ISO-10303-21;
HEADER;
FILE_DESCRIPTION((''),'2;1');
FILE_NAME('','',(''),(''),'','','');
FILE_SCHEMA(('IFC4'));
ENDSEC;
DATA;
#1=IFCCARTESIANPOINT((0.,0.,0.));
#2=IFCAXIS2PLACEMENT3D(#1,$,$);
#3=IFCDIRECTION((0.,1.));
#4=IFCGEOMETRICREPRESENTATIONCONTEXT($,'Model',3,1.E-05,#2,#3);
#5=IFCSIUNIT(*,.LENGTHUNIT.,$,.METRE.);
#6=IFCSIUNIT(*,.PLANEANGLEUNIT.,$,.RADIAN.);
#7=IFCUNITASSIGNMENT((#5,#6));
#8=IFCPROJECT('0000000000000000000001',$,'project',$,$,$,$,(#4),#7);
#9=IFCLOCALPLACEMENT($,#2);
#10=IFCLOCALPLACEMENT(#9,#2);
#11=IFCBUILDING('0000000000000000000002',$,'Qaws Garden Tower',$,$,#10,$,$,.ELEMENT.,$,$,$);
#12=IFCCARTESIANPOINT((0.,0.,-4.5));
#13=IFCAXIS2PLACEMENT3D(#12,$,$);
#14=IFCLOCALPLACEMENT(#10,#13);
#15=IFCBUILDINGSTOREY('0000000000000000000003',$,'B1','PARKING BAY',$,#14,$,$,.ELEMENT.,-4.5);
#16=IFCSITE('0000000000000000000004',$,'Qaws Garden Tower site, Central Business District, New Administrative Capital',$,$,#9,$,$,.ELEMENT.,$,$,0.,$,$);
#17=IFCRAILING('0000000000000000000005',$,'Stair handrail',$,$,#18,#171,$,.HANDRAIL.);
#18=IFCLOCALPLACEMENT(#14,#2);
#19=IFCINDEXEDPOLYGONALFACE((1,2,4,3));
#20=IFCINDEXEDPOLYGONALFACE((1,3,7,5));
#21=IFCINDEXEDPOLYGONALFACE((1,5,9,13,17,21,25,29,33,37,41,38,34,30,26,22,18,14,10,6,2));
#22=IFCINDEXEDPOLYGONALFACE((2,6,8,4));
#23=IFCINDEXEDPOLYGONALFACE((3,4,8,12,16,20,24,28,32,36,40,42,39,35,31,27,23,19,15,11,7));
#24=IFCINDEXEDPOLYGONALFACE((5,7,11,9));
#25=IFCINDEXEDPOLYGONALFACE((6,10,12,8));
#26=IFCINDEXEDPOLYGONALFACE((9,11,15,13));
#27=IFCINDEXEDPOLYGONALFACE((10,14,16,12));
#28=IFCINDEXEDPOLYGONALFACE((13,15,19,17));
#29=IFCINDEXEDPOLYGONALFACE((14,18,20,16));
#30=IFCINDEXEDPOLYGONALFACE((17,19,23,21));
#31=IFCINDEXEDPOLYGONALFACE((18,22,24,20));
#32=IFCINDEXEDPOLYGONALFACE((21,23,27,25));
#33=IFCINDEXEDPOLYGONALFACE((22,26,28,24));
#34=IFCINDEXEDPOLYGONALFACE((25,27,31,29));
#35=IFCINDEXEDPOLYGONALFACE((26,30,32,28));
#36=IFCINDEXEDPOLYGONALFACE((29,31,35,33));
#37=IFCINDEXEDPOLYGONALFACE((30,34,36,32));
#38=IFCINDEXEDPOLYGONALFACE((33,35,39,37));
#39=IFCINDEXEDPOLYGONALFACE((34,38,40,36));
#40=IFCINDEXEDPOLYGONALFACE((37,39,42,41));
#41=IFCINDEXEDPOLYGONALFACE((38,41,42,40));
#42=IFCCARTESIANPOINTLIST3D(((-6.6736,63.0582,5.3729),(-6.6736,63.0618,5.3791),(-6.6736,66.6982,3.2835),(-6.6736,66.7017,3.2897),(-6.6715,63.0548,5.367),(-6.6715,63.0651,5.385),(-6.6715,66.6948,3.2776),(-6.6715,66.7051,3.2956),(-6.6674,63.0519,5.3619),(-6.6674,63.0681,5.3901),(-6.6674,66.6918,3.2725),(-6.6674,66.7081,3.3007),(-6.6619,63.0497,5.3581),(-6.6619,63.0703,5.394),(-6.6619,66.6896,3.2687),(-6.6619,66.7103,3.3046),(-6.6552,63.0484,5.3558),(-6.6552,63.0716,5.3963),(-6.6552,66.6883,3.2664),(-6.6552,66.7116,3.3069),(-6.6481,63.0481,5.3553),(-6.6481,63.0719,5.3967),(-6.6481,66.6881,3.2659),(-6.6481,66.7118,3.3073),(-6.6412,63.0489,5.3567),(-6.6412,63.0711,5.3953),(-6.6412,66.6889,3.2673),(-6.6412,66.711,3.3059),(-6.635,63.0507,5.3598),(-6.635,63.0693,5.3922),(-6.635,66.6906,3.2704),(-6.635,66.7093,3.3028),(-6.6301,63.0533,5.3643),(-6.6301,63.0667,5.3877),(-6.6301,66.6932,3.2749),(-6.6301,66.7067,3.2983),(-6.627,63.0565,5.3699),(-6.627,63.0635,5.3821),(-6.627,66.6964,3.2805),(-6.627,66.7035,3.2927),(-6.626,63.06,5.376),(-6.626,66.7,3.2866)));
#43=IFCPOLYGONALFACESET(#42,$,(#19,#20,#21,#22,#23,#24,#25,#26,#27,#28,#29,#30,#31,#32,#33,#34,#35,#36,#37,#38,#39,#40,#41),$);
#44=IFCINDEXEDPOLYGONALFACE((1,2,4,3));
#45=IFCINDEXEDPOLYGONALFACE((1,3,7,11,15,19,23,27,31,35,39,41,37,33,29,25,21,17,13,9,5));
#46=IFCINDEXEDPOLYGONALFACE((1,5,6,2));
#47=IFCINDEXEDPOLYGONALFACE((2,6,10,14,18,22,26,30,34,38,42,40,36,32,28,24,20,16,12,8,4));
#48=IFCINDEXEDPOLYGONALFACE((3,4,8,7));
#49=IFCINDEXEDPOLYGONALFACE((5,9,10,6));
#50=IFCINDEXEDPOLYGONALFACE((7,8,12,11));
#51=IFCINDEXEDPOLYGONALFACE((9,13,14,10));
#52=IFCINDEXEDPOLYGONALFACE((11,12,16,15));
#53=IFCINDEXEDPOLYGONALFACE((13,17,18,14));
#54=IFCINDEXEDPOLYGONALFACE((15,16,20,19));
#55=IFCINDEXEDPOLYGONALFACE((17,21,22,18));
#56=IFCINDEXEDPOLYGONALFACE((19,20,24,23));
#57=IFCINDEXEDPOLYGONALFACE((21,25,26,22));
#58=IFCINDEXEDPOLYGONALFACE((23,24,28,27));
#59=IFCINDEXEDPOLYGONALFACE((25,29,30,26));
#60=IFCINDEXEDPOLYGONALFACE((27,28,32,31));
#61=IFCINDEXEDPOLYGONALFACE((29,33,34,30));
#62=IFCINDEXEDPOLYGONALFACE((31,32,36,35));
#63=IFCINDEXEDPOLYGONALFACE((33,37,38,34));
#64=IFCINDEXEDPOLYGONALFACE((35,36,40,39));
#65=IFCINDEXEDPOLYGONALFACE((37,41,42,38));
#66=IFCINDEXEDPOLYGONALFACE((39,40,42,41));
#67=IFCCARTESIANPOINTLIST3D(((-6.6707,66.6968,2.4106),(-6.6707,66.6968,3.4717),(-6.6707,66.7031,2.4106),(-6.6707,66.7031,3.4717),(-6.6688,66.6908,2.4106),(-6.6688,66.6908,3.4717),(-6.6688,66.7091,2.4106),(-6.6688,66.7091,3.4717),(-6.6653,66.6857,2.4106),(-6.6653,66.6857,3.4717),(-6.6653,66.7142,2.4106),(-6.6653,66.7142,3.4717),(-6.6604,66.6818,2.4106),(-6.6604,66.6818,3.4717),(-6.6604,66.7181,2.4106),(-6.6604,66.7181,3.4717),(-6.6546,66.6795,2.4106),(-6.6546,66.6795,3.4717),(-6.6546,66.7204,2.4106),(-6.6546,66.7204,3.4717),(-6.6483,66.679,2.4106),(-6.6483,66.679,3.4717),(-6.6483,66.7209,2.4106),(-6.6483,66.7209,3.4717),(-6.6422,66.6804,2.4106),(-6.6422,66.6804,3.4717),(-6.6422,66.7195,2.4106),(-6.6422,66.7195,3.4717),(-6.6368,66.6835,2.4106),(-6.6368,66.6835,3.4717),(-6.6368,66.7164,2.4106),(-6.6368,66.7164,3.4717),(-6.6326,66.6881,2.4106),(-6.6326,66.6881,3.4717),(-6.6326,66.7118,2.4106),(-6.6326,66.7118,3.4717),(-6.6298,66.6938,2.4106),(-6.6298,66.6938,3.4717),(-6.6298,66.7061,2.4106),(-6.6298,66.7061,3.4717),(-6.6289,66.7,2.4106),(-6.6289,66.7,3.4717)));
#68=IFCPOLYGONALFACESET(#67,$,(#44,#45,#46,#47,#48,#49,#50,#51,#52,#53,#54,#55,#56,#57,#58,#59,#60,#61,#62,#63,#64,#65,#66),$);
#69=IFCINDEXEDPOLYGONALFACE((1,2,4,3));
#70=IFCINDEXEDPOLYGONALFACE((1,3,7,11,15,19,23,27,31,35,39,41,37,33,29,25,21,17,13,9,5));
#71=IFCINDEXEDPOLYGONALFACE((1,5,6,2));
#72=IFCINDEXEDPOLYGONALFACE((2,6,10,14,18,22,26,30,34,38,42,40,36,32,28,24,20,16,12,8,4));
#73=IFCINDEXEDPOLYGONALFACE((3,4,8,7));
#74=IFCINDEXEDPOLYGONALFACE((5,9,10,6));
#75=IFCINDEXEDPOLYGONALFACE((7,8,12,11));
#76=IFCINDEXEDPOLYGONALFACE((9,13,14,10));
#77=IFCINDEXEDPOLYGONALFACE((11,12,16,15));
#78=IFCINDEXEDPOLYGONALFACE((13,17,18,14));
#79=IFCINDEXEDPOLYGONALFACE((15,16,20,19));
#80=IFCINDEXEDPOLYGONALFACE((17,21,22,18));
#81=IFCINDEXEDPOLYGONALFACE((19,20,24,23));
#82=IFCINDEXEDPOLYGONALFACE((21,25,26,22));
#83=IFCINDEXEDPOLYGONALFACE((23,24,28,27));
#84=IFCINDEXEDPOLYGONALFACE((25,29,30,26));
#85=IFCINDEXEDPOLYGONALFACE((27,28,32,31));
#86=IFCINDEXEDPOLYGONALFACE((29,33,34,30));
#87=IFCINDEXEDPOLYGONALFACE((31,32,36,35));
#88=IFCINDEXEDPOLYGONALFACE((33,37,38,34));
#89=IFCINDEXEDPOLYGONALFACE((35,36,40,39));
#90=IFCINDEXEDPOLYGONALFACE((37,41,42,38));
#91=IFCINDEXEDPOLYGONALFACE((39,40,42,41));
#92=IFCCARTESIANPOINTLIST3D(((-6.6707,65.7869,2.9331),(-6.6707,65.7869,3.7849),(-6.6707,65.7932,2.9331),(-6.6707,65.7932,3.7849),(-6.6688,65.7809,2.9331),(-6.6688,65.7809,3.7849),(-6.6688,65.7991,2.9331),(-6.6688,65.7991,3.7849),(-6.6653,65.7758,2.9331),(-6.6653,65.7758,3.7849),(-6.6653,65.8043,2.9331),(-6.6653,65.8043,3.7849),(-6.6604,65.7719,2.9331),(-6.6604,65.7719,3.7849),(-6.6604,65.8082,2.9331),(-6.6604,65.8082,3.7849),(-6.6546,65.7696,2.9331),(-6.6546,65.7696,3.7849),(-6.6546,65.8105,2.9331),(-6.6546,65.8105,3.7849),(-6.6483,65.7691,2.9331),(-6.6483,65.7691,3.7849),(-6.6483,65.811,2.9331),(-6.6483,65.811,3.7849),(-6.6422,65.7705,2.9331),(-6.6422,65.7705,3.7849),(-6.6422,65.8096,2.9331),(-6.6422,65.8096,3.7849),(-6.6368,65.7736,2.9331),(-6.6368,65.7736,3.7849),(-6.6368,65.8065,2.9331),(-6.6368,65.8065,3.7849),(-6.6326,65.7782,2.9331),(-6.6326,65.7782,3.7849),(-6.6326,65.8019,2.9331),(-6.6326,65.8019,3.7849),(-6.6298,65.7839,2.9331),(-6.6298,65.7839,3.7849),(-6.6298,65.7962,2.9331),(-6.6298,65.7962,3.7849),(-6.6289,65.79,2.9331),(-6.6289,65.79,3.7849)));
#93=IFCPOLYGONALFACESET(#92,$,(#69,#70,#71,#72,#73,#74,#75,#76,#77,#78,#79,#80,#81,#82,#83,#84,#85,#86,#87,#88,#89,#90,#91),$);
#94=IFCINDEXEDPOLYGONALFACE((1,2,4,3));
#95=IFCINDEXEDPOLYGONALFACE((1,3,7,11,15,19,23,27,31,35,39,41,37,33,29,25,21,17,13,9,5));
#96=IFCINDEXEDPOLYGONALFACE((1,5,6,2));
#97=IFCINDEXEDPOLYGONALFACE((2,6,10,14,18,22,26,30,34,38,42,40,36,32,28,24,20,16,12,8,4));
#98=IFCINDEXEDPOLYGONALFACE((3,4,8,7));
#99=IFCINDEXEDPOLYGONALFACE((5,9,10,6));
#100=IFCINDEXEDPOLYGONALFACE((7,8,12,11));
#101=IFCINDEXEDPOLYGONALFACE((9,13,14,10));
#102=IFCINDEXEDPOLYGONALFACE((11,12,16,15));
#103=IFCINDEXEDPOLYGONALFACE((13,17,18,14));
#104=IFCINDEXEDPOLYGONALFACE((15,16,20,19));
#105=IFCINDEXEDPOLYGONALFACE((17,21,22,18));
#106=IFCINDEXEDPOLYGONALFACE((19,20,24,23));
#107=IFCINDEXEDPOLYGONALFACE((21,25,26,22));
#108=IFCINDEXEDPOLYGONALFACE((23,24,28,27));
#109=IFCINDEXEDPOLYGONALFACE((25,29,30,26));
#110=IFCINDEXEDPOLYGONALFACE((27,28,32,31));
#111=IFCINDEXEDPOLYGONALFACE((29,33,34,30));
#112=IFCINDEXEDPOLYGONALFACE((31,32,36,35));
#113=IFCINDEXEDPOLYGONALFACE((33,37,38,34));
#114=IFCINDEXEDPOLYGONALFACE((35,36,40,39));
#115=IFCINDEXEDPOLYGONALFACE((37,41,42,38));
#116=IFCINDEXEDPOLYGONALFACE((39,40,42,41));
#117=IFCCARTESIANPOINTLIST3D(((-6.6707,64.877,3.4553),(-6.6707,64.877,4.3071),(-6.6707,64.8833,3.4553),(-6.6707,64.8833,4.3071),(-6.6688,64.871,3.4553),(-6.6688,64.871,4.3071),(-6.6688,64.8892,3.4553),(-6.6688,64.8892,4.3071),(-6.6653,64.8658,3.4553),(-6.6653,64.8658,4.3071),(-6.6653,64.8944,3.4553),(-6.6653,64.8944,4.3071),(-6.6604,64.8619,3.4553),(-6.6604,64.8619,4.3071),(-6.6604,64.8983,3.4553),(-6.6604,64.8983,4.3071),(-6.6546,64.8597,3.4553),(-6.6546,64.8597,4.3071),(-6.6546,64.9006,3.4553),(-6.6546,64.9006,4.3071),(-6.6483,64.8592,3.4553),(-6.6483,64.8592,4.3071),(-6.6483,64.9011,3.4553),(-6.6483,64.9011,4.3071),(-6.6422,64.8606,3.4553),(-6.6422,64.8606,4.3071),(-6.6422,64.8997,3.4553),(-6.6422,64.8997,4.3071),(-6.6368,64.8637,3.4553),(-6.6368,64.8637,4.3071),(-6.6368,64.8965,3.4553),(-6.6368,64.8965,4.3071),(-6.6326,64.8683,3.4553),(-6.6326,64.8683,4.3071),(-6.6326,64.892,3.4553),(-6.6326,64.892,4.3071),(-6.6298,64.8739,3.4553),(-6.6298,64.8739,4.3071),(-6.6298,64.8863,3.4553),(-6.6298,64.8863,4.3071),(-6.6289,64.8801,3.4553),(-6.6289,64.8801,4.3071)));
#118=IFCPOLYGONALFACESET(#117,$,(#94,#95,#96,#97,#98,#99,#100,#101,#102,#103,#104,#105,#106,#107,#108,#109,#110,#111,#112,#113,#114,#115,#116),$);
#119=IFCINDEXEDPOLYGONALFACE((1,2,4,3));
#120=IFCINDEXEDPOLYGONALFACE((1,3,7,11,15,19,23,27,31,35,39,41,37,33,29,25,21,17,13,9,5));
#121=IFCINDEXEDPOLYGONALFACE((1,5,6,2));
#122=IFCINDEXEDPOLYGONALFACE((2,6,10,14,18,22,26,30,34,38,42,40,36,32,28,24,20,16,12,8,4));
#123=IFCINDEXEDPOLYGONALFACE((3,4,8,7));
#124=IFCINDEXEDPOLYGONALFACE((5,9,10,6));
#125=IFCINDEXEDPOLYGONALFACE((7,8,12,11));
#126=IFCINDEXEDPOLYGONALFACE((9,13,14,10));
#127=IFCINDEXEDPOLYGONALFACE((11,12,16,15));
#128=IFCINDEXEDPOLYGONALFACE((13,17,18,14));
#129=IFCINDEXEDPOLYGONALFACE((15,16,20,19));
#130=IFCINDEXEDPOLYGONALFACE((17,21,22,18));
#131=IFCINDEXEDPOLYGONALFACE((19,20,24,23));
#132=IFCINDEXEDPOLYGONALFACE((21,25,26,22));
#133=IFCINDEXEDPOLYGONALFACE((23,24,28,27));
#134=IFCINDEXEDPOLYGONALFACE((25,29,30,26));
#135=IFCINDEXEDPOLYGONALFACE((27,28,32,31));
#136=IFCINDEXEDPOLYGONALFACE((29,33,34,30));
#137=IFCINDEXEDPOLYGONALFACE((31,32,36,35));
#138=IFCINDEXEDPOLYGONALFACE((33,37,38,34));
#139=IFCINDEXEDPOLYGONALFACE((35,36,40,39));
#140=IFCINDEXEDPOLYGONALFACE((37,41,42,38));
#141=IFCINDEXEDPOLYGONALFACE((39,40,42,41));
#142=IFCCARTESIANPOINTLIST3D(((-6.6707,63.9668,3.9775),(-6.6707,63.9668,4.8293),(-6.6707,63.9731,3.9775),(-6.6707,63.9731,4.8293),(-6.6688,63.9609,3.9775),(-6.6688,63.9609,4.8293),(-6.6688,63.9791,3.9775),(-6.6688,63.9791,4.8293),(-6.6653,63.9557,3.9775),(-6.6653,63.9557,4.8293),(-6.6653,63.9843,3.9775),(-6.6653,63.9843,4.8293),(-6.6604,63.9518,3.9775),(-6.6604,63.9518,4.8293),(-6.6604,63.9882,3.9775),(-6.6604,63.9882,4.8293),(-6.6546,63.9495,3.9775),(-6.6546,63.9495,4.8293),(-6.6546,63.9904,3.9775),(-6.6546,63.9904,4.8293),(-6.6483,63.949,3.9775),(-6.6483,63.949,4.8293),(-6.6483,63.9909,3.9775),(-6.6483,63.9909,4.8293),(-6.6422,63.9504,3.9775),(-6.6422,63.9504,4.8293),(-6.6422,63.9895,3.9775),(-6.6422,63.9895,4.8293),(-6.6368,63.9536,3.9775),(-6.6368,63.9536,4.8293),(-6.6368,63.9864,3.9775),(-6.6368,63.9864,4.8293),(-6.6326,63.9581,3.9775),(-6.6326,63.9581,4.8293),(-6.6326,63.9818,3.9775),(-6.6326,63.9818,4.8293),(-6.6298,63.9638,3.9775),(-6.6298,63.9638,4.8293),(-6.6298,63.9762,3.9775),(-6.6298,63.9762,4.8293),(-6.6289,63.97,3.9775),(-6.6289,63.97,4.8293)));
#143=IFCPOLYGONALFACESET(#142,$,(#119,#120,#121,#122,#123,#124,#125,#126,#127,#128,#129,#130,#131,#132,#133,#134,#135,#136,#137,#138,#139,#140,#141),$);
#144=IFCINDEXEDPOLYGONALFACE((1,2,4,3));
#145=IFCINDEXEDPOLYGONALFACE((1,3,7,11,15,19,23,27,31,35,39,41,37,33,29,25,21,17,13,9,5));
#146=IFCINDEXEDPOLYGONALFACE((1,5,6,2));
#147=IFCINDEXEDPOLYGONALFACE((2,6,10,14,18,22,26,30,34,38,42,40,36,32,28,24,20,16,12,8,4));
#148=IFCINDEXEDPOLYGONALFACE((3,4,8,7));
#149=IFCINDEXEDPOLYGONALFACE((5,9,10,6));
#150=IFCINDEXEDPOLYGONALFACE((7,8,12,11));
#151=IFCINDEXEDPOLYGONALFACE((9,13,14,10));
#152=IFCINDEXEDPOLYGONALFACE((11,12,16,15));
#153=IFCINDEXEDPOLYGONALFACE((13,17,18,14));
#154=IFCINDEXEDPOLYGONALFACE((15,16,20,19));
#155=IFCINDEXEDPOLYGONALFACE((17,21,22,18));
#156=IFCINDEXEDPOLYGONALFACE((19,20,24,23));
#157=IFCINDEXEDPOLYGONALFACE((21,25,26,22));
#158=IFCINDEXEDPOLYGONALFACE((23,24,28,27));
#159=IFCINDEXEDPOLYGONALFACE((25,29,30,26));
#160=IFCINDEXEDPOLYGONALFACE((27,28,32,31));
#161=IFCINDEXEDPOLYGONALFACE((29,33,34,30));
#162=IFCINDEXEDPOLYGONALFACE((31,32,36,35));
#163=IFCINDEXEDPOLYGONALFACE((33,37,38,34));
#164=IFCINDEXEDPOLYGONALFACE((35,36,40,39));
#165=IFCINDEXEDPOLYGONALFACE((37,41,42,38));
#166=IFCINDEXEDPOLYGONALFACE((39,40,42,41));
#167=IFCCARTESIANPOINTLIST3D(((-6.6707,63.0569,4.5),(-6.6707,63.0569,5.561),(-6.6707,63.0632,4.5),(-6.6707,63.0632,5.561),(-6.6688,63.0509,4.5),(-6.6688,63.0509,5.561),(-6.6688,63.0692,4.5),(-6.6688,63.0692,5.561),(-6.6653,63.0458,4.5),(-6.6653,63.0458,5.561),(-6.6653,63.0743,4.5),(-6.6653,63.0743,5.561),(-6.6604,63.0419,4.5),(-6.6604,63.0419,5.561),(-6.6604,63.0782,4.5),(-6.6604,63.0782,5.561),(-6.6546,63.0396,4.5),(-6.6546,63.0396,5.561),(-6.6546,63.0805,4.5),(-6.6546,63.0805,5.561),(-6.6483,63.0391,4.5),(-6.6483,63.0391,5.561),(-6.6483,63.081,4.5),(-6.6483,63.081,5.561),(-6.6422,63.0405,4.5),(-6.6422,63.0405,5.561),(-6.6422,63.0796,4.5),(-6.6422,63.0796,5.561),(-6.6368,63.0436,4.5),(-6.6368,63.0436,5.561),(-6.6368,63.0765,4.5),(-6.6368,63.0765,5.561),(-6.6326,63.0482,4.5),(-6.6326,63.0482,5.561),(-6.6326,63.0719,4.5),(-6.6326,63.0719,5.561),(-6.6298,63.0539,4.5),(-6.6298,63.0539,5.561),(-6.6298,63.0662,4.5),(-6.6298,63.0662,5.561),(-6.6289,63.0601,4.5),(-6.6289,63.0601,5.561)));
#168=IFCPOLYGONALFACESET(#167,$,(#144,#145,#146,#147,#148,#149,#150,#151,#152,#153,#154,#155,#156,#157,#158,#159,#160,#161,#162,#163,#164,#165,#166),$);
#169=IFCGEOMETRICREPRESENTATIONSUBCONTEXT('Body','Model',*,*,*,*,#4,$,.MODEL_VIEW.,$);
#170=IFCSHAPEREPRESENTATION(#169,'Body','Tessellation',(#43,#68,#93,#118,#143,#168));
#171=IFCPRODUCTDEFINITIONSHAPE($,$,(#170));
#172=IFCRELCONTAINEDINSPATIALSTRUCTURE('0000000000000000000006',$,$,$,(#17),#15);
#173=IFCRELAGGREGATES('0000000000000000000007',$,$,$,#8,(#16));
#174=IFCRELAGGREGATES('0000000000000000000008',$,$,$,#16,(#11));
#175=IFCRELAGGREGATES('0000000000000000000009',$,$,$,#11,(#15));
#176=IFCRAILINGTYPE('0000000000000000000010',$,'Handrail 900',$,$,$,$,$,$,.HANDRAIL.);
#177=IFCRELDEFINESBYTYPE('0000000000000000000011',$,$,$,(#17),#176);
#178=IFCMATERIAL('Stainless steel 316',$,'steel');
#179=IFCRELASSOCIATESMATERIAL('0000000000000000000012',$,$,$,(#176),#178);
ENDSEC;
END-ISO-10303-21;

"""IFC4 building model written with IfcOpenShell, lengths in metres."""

from ifc_helpers import new_model, si_unit, direction, frame, origin, origin_2d, place, context, subcontext, project, spatial, circle, extrude, material, type_object, element, save


model = new_model("IFC4")

# Units and contexts
model_context = context("Model", 3, precision=1e-05, world=origin(), true_north=direction((0.0, 1.0)))
body_context = subcontext(model_context, "Body", "Model", "MODEL_VIEW")
ifc_project = project(units=[si_unit("LENGTHUNIT", "METRE"), si_unit("PLANEANGLEUNIT", "RADIAN")], contexts=[model_context])

# Site, building, storey
site_placement = place(None, origin())
site = spatial("IfcSite", under=ifc_project, at=site_placement, Name="Qaws Garden Tower site, Central Business District, New Administrative Capital", CompositionType="ELEMENT", RefElevation=0.0)
building_placement = place(site_placement, origin())
building = spatial("IfcBuilding", under=site, at=building_placement, Name="Qaws Garden Tower", CompositionType="ELEMENT")
storey_placement = place(building_placement, frame((0.0, 0.0, -4.5)))
storey = spatial("IfcBuildingStorey", under=building, at=storey_placement, Name="B1", Description="PARKING BAY", CompositionType="ELEMENT", Elevation=-4.5)

# Railing
ifc_material_1 = material(Name="Stainless steel 316", Category="steel")
railing_type_1 = type_object("IfcRailingType", Name="Handrail 900", PredefinedType="HANDRAIL", material=ifc_material_1)
for number, where, name in (
    (1, (-6.6499, 66.7, 2.4106), "Stair handrail"),
):
    element("IfcRailing", number, at=place(storey_placement, frame(where)), inside=storey, type_object=railing_type_1, Name=name, PredefinedType="HANDRAIL", context=body_context, shape_type="SweptSolid", body=[
        extrude(circle(Radius=0.0239, at=origin_2d()), frame((0.0, 0.0, 0.876), z_axis=(0.0, -0.867275, 0.497829), x_axis=(1.0, 0.0, 0.0)), (0.0, 0.0, 1.0), 4.197),
        extrude(circle(Radius=0.021, at=origin_2d()), origin(), (0.0, 0.0, 1.0), 1.061),
        extrude(circle(Radius=0.021, at=origin_2d()), frame((0.0, -0.9099, 0.5225)), (0.0, 0.0, 1.0), 0.8518),
        extrude(circle(Radius=0.021, at=origin_2d()), frame((0.0, -1.8198, 1.0447)), (0.0, 0.0, 1.0), 0.8518),
        extrude(circle(Radius=0.021, at=origin_2d()), frame((0.0, -2.73, 1.5669)), (0.0, 0.0, 1.0), 0.8518),
        extrude(circle(Radius=0.021, at=origin_2d()), frame((0.0, -3.6399, 2.0894)), (0.0, 0.0, 1.0), 1.061),
    ])

save(model, "model.ifc")
